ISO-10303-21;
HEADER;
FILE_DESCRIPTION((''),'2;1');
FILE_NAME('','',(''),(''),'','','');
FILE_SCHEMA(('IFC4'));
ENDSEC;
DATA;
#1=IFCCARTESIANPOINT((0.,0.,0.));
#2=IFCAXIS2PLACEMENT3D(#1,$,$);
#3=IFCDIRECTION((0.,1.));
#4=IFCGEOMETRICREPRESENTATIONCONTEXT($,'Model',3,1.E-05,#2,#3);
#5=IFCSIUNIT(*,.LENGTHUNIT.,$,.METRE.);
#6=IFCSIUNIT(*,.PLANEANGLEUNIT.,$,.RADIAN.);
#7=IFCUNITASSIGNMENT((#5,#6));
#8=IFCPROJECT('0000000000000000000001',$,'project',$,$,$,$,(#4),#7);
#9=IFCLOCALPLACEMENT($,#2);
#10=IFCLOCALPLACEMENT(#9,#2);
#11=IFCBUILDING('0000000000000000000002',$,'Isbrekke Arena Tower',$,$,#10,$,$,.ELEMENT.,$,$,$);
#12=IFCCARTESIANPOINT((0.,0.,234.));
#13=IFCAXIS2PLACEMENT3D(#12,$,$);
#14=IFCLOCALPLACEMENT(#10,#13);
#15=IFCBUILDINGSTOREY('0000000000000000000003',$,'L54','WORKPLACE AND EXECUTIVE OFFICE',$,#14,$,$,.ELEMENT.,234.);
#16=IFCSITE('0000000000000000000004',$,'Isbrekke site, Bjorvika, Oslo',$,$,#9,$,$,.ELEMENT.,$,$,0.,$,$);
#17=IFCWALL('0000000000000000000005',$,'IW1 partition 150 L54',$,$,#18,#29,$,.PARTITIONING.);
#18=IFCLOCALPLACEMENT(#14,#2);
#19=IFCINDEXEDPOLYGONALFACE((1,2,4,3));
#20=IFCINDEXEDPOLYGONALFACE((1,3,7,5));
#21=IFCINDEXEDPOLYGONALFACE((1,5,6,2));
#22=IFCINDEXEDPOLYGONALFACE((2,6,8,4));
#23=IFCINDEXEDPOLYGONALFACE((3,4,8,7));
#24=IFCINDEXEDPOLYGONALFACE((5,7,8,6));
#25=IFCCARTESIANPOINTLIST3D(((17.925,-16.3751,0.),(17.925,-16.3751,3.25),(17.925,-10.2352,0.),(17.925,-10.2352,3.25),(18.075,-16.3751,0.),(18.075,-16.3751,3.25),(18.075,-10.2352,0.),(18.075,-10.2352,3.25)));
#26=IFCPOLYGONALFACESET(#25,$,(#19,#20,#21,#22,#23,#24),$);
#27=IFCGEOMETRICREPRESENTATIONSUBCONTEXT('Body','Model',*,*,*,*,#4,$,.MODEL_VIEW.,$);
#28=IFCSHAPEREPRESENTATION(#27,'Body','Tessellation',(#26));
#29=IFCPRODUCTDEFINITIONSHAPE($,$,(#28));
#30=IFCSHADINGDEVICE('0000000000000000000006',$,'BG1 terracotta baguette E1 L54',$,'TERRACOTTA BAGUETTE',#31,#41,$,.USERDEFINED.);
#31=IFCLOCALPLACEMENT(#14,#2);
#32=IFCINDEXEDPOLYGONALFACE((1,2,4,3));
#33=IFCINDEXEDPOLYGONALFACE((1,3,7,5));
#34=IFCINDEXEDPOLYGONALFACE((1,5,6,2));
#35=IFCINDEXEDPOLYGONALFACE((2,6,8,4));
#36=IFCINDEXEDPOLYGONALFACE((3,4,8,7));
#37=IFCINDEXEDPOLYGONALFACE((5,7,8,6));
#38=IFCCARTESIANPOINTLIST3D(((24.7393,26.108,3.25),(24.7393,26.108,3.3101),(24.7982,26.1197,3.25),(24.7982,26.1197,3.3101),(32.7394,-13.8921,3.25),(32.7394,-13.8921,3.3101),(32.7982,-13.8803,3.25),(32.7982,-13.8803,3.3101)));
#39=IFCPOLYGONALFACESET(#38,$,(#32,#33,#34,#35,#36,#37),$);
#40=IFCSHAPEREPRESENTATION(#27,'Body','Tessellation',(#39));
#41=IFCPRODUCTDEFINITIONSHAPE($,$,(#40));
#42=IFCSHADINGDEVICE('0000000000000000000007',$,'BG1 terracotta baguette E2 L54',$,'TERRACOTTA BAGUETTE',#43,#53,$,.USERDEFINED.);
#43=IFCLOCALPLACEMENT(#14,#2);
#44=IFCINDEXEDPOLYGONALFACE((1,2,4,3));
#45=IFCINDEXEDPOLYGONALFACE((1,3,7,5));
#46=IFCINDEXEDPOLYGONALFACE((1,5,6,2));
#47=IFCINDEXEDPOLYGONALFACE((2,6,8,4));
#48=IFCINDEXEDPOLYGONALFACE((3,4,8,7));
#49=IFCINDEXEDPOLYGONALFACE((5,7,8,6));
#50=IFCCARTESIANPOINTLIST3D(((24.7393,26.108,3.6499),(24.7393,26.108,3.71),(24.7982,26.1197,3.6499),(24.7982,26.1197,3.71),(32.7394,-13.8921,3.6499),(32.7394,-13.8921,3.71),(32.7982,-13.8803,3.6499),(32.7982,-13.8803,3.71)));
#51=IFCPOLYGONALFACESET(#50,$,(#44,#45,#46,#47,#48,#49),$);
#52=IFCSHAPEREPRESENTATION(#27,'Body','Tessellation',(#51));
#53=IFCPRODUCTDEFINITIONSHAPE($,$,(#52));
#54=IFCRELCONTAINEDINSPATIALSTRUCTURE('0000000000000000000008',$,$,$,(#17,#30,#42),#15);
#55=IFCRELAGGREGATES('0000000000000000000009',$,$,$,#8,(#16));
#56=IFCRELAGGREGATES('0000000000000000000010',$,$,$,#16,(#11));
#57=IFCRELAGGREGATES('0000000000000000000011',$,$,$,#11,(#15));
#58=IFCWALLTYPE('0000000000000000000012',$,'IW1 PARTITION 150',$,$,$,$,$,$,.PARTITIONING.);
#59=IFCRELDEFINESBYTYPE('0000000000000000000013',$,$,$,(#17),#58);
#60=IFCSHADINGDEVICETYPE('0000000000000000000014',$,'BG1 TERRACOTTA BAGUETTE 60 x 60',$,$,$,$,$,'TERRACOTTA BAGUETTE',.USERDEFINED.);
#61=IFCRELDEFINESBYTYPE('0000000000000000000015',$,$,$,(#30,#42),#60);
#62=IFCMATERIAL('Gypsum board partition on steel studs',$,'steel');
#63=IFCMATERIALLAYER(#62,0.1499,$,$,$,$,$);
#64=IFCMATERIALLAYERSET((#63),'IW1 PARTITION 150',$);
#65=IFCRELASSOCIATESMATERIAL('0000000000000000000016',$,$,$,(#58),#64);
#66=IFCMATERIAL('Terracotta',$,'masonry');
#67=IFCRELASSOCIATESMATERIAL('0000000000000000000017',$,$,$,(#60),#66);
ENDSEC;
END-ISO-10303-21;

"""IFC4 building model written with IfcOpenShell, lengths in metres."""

from ifc_helpers import new_model, si_unit, direction, frame, frame_2d, origin, origin_2d, place, context, subcontext, project, spatial, rectangle, extrude, material, layer, layer_set, material_profile, profile_set, type_object, element, save


model = new_model("IFC4")

# Units and contexts
model_context = context("Model", 3, precision=1e-05, world=origin(), true_north=direction((0.0, 1.0)))
body_context = subcontext(model_context, "Body", "Model", "MODEL_VIEW")
ifc_project = project(units=[si_unit("LENGTHUNIT", "METRE"), si_unit("PLANEANGLEUNIT", "RADIAN")], contexts=[model_context])

# Site, building, storey
site_placement = place(None, origin())
site = spatial("IfcSite", under=ifc_project, at=site_placement, Name="Isbrekke site, Bjorvika, Oslo", CompositionType="ELEMENT", RefElevation=0.0)
building_placement = place(site_placement, origin())
building = spatial("IfcBuilding", under=site, at=building_placement, Name="Isbrekke Arena Tower", CompositionType="ELEMENT")
storey_placement = place(building_placement, frame((0.0, 0.0, 234.0)))
storey = spatial("IfcBuildingStorey", under=building, at=storey_placement, Name="L54", Description="WORKPLACE AND EXECUTIVE OFFICE", CompositionType="ELEMENT", Elevation=234.0)

# Wall
ifc_material_1 = material(Name="Gypsum board partition on steel studs", Category="steel")
ifc_layer_1 = layer(ifc_material_1, 0.1499)
ifc_layer_set_1 = layer_set([ifc_layer_1], Name="IW1 PARTITION 150")
wall_type = type_object("IfcWallType", Name="IW1 PARTITION 150", PredefinedType="PARTITIONING", material=ifc_layer_set_1)
wall_placement = place(storey_placement, frame((18.0, -16.375, 0.0), z_axis=(0.0, 0.0, 1.0), x_axis=(0.0, 1.0, 0.0)))
element("IfcWall", 1, at=wall_placement, inside=storey, type_object=wall_type, Name="IW1 partition 150 L54", PredefinedType="PARTITIONING", context=body_context, shape_type="SweptSolid", body=[
    extrude(rectangle(XDim=6.1399, YDim=0.1499, at=frame_2d((3.0698, 0.0))), origin(), (0.0, 0.0, 1.0), 3.25),
])

# Shading devices
ifc_material_2 = material(Name="Terracotta", Category="masonry")
ifc_material_profile_1 = material_profile(ifc_material_2, rectangle(XDim=0.0601, YDim=0.0601, at=origin_2d()), Name="BAGUETTE 60X60")
ifc_profile_set_1 = profile_set([ifc_material_profile_1], Name="Terracotta")
shading_device_type = type_object("IfcShadingDeviceType", Name="BG1 TERRACOTTA BAGUETTE 60 x 60", ElementType="TERRACOTTA BAGUETTE", PredefinedType="USERDEFINED", material=ifc_profile_set_1)
for number, where, z_axis, x_axis, name in (
    (2, (32.7688, -13.8862, 3.28), (-0.196116, 0.980581, 0.0), (-0.980581, -0.196116, 0.0), "BG1 terracotta baguette E1 L54"),
    (3, (32.7688, -13.8862, 3.6799), (-0.196116, 0.980581, 0.0), (-0.980581, -0.196116, 0.0), "BG1 terracotta baguette E2 L54"),
):
    element("IfcShadingDevice", number, at=place(storey_placement, frame(where, z_axis=z_axis, x_axis=x_axis)), inside=storey, type_object=shading_device_type, Name=name, ObjectType="TERRACOTTA BAGUETTE", PredefinedType="USERDEFINED", context=body_context, shape_type="SweptSolid", body=[
        extrude(rectangle(XDim=0.0601, YDim=0.0601, at=origin_2d()), origin(), (0.0, 0.0, 1.0), 40.7922),
    ])

save(model, "model.ifc")
